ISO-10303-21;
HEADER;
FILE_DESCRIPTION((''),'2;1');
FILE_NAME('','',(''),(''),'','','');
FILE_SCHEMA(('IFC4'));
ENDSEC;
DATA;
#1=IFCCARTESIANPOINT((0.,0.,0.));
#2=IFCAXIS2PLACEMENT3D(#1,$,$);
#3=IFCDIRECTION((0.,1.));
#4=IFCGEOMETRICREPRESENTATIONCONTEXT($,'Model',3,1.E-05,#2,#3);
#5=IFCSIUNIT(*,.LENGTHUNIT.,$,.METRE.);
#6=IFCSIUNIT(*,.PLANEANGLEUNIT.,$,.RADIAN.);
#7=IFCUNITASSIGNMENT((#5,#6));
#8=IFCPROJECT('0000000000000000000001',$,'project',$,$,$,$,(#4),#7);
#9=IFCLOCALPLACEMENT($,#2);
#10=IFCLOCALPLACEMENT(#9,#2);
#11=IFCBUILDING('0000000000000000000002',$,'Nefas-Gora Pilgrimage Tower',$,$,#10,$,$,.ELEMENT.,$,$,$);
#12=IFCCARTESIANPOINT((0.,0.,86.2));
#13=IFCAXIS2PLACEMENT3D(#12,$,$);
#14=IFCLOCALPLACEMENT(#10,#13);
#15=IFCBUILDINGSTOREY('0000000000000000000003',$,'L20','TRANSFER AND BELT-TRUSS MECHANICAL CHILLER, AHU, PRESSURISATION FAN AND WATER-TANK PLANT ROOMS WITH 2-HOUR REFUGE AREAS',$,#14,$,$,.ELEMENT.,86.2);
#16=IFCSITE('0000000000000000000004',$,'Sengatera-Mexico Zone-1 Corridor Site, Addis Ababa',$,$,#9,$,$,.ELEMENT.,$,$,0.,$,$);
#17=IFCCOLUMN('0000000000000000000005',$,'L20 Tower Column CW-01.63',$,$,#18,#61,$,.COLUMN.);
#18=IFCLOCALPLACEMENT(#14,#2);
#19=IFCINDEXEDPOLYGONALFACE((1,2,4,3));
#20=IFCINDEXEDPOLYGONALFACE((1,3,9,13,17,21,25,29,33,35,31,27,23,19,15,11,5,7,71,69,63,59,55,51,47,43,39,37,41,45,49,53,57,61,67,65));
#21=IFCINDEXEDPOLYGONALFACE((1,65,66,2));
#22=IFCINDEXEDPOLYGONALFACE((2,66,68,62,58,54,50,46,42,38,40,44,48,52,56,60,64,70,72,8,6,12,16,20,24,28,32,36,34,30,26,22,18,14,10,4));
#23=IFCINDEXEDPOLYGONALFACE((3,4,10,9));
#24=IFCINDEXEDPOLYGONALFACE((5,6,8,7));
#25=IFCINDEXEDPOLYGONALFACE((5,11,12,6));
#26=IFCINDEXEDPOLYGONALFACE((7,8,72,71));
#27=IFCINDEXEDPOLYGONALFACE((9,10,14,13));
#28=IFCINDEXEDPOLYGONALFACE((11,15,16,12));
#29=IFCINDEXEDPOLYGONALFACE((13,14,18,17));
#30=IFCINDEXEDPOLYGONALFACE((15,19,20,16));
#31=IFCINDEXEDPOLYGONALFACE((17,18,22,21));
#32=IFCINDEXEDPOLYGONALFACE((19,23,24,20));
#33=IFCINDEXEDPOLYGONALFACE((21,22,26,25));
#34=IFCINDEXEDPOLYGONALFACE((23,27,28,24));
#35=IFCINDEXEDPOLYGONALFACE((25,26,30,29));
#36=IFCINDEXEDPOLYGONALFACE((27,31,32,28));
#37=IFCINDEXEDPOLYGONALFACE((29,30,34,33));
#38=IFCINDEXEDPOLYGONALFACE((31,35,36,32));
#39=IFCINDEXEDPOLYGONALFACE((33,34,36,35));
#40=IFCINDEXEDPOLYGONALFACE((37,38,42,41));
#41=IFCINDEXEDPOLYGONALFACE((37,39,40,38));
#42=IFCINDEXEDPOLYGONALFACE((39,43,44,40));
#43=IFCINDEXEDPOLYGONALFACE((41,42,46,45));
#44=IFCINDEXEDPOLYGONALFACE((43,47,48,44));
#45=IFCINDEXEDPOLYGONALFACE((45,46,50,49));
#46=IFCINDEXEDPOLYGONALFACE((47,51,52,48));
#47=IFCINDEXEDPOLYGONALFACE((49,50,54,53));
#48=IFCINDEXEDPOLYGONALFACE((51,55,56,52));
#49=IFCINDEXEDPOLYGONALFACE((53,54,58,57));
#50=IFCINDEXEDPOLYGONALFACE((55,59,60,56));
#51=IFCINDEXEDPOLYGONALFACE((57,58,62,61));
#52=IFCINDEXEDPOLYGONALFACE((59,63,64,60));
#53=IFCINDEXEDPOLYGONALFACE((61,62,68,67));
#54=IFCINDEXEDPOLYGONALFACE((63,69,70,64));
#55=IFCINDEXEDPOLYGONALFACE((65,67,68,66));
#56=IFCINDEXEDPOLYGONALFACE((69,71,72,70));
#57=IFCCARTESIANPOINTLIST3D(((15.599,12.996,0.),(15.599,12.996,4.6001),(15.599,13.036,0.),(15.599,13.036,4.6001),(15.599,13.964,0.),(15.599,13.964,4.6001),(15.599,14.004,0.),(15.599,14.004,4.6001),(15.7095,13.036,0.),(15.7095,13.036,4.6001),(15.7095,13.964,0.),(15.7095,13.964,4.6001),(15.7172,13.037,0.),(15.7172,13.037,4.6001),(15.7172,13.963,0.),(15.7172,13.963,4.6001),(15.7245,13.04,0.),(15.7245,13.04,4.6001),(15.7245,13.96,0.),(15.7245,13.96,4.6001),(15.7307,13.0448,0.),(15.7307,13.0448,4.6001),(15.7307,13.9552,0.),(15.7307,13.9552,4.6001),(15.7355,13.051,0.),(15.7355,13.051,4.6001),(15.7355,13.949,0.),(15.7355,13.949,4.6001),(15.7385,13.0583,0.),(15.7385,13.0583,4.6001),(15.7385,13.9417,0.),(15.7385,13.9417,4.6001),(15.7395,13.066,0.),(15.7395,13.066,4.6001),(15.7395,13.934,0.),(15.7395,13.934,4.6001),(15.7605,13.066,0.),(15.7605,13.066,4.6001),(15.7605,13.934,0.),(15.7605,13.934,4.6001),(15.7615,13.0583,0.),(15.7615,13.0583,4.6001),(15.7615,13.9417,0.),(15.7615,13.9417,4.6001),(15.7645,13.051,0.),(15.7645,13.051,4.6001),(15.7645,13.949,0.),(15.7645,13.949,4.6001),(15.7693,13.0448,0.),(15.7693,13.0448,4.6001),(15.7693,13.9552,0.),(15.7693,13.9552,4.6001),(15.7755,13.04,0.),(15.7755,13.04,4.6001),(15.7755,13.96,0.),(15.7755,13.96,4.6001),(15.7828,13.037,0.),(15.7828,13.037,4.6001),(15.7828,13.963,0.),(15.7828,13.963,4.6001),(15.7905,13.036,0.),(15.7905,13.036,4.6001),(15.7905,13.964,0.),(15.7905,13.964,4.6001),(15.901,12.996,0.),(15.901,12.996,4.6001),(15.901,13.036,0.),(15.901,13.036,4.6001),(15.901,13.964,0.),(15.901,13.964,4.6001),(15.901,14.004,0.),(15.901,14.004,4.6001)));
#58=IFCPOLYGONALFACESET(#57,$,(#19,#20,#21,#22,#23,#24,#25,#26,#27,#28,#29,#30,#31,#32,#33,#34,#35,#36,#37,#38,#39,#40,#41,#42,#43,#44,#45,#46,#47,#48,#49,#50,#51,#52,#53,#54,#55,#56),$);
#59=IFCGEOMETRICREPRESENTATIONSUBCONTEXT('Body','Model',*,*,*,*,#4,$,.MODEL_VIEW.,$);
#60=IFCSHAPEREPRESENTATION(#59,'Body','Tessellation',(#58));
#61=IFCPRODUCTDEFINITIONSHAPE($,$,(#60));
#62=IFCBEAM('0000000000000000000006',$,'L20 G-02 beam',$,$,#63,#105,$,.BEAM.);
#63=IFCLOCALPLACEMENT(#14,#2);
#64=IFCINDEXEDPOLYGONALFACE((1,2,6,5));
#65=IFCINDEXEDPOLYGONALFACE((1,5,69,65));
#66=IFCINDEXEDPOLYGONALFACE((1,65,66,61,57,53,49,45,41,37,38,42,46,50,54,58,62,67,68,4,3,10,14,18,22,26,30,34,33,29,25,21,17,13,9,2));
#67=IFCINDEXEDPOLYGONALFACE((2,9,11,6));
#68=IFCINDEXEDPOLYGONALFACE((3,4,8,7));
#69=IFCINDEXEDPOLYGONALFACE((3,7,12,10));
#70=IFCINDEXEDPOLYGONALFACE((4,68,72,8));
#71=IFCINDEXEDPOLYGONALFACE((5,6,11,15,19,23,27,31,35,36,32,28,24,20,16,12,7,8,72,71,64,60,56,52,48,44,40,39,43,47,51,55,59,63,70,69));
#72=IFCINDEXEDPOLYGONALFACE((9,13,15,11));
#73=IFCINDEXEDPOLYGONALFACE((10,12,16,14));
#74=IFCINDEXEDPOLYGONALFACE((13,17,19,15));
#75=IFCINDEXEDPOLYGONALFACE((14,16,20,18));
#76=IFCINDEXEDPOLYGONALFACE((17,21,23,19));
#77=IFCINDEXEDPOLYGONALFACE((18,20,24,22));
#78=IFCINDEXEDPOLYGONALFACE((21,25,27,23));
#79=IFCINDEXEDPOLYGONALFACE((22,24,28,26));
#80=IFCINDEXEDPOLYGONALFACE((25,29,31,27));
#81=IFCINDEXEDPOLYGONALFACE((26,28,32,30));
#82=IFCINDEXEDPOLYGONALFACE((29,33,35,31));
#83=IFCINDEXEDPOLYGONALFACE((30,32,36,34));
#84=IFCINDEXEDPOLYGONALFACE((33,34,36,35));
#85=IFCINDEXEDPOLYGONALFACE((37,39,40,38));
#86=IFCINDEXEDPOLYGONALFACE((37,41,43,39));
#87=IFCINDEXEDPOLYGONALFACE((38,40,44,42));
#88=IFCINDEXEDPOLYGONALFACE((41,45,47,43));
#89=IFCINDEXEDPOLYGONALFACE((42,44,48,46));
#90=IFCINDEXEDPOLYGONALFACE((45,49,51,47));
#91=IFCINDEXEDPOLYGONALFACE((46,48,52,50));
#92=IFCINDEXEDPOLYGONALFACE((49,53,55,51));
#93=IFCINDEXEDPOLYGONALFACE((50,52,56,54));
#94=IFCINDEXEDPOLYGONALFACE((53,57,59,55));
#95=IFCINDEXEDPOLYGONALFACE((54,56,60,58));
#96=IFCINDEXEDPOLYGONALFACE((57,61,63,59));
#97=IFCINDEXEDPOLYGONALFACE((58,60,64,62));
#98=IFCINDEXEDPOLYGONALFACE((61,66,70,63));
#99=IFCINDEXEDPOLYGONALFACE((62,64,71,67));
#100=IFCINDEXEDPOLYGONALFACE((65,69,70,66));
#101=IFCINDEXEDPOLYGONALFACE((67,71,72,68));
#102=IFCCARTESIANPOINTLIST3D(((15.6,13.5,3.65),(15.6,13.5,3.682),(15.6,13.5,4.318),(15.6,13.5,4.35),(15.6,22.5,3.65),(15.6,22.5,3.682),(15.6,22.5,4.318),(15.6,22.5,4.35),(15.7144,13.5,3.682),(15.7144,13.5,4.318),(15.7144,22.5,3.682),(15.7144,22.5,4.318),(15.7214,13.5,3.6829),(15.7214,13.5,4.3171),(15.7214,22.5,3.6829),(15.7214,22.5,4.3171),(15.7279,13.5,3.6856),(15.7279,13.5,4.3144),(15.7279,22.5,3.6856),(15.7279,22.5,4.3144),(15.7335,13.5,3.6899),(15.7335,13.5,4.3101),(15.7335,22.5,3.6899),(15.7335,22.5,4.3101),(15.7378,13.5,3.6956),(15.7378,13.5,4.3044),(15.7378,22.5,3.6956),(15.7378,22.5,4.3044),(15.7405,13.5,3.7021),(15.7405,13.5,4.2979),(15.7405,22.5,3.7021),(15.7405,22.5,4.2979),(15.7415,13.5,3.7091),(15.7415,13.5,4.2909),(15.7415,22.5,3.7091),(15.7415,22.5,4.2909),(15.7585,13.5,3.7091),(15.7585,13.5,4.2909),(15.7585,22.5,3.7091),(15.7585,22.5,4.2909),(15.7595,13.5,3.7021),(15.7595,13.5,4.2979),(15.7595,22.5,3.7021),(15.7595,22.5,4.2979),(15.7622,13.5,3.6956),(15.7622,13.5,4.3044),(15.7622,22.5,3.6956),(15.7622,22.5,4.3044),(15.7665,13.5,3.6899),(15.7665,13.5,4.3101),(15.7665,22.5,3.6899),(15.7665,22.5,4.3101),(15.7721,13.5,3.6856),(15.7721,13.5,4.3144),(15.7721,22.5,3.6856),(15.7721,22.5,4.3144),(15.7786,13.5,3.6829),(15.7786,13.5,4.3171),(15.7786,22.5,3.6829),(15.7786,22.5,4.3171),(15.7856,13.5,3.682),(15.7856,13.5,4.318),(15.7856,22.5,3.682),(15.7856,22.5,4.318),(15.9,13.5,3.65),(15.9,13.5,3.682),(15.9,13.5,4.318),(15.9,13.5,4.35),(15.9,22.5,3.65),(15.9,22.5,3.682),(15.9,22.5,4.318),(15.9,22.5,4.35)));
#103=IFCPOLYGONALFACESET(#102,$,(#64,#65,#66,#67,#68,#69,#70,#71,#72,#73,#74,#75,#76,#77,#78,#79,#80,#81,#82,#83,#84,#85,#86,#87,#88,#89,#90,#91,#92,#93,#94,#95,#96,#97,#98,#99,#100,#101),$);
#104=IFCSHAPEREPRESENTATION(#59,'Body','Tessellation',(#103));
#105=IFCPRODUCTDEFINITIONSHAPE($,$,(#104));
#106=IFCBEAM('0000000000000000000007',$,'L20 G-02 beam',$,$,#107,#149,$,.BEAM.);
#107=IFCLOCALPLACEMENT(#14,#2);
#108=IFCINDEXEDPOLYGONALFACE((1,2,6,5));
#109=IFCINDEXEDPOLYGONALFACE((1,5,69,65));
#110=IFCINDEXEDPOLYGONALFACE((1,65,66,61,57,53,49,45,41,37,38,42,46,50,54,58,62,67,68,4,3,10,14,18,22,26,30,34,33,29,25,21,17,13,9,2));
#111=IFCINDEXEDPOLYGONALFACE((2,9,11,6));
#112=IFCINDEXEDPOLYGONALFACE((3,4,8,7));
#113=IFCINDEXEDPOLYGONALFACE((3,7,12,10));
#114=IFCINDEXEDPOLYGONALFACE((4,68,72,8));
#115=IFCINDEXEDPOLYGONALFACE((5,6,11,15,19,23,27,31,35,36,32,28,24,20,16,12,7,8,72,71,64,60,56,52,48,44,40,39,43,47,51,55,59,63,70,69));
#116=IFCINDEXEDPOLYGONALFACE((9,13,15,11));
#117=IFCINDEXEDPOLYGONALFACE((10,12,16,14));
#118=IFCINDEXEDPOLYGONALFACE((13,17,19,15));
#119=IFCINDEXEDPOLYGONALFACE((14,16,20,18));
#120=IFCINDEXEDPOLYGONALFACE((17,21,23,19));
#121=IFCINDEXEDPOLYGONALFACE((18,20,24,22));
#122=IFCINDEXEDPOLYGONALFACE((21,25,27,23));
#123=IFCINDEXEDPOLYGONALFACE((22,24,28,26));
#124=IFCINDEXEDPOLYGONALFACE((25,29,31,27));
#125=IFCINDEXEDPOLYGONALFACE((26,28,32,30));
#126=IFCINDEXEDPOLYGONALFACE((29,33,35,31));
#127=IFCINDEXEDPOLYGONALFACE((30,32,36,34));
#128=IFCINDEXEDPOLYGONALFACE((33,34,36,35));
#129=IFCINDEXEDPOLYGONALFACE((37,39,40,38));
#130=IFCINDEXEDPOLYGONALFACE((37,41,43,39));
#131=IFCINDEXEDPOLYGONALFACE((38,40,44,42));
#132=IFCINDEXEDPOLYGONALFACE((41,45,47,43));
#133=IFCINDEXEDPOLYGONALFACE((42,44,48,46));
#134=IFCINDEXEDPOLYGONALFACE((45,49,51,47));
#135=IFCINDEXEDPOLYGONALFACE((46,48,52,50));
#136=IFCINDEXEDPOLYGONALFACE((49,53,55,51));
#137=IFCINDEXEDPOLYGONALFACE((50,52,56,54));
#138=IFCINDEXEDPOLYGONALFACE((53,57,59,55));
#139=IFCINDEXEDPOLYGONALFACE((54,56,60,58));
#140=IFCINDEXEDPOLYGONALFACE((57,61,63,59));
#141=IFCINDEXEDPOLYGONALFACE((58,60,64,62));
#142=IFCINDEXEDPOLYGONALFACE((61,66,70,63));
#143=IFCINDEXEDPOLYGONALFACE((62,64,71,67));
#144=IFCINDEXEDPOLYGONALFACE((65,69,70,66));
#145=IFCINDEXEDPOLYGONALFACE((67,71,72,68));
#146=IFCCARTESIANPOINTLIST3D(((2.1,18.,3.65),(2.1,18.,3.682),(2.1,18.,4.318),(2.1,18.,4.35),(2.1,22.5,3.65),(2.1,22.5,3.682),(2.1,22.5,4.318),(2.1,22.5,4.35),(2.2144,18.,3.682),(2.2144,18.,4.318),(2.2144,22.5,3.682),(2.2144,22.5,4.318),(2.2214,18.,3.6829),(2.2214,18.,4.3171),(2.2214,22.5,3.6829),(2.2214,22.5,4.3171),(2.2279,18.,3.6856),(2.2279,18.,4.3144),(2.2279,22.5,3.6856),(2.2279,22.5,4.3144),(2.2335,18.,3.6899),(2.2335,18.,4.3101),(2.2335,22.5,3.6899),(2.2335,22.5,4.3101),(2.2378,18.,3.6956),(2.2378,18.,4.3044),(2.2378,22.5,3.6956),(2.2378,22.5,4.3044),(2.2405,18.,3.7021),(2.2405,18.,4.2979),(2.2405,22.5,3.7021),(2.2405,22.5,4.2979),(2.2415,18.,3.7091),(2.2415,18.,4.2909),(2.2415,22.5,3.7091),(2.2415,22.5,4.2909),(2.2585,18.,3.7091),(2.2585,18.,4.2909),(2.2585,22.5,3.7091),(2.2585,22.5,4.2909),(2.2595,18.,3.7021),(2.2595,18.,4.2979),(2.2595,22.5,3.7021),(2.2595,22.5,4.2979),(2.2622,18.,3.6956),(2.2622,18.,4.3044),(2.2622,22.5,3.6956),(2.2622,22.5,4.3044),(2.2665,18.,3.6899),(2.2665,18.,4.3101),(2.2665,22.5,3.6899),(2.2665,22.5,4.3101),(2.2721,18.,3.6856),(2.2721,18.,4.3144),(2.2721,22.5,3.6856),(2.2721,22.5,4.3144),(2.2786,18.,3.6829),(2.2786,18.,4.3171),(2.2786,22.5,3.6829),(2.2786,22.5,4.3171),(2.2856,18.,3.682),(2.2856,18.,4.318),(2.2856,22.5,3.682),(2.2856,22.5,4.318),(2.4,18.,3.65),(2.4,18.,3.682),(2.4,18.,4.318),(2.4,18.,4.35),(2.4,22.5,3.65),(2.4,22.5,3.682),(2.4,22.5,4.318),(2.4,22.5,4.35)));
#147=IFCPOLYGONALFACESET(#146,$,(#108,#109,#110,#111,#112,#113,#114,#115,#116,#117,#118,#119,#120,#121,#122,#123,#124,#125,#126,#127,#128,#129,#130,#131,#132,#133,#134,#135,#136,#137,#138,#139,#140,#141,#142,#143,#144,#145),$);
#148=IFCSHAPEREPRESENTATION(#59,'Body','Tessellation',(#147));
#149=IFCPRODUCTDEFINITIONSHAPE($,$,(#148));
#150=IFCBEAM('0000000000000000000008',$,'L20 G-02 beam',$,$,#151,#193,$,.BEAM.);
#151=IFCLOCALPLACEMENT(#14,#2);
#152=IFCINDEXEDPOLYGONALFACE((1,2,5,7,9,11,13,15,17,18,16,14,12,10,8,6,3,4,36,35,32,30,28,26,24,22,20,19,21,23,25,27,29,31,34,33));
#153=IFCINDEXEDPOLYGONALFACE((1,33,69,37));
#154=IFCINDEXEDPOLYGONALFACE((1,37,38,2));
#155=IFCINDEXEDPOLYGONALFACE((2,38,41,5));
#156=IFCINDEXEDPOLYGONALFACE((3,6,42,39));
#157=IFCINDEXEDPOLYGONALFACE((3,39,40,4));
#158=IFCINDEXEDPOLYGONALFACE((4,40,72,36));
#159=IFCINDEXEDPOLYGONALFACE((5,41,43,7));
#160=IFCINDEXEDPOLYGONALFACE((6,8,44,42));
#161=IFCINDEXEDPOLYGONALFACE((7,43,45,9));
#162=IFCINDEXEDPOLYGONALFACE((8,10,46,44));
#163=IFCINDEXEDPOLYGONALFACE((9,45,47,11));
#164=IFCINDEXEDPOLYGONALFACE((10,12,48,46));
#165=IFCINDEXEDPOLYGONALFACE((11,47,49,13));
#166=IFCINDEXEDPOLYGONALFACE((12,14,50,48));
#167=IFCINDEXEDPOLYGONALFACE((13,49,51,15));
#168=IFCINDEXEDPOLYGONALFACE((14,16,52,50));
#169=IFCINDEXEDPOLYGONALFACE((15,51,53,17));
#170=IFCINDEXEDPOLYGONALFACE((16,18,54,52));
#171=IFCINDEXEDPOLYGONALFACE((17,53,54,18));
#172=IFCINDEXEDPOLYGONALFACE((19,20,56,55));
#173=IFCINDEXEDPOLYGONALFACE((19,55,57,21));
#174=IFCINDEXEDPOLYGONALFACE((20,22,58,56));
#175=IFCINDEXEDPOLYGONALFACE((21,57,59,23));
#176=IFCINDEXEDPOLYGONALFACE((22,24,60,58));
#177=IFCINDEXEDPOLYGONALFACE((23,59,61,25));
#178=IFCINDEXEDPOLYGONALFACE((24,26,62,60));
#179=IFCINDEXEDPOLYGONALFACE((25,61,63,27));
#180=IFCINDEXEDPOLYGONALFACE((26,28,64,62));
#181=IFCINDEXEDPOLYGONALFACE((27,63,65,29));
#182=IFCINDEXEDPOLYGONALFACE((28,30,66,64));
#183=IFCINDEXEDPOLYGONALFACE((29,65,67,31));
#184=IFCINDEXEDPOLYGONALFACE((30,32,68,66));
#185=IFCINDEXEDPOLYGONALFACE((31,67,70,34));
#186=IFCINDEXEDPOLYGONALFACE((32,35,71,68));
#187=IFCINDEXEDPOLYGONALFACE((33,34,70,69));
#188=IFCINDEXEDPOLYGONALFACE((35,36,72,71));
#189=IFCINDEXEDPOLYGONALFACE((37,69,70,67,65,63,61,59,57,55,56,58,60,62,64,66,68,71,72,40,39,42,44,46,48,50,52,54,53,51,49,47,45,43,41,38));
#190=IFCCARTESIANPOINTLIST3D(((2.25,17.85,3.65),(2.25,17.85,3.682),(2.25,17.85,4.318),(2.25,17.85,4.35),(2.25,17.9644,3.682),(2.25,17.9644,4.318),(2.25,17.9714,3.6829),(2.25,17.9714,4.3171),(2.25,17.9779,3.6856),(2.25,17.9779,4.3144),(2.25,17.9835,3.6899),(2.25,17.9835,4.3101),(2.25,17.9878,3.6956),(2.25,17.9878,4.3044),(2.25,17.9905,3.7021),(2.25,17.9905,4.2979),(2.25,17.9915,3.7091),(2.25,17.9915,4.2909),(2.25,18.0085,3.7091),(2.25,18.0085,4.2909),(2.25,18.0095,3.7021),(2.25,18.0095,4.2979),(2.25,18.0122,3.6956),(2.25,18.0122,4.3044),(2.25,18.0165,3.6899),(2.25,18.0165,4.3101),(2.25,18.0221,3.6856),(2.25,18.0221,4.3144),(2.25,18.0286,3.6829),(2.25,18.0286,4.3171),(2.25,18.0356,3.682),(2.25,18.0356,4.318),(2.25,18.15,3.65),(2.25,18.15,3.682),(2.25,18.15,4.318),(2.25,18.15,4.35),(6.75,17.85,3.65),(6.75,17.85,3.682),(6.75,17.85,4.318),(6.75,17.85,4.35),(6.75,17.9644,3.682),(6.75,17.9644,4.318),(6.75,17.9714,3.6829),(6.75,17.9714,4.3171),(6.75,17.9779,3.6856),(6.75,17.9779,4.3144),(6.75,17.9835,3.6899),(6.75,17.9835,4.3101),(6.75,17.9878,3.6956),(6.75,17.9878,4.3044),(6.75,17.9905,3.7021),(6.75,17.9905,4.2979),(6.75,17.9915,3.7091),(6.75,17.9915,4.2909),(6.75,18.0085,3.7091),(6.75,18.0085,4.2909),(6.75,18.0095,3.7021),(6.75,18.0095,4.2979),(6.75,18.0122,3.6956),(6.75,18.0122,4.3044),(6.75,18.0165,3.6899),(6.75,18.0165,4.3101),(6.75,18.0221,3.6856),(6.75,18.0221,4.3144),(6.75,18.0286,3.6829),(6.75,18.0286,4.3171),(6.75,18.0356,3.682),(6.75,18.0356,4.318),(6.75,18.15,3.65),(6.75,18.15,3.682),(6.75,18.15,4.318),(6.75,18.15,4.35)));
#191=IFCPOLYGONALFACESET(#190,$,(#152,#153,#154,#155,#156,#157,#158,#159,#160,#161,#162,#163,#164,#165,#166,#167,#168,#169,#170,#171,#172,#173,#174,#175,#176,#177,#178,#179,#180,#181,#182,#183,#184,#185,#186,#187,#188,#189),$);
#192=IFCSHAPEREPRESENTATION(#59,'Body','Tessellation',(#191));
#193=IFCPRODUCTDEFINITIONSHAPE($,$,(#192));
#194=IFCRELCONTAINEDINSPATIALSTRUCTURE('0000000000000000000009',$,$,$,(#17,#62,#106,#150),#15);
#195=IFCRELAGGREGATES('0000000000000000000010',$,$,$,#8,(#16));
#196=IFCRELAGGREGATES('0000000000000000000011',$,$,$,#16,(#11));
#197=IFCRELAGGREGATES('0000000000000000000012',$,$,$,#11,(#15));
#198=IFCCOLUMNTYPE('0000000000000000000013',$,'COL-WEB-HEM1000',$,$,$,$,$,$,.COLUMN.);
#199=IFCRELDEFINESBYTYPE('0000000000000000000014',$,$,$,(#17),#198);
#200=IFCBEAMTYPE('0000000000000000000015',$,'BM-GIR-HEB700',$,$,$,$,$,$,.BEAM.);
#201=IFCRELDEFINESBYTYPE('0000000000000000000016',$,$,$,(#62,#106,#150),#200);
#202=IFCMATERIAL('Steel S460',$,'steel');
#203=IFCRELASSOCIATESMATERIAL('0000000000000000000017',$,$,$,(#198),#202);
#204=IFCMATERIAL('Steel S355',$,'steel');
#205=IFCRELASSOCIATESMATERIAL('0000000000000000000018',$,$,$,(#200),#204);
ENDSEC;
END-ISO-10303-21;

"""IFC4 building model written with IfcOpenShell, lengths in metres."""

from ifc_helpers import new_model, si_unit, direction, frame, origin, origin_2d, place, context, subcontext, project, spatial, i_section, extrude, source, transform, mapped, material, material_profile, profile_set, type_object, element, save


model = new_model("IFC4")

# Units and contexts
model_context = context("Model", 3, precision=1e-05, world=origin(), true_north=direction((0.0, 1.0)))
body_context = subcontext(model_context, "Body", "Model", "MODEL_VIEW")
ifc_project = project(units=[si_unit("LENGTHUNIT", "METRE"), si_unit("PLANEANGLEUNIT", "RADIAN")], contexts=[model_context])

# Site, building, storey
site_placement = place(None, origin())
site = spatial("IfcSite", under=ifc_project, at=site_placement, Name="Sengatera-Mexico Zone-1 Corridor Site, Addis Ababa", CompositionType="ELEMENT", RefElevation=0.0)
building_placement = place(site_placement, origin())
building = spatial("IfcBuilding", under=site, at=building_placement, Name="Nefas-Gora Pilgrimage Tower", CompositionType="ELEMENT")
storey_placement = place(building_placement, frame((0.0, 0.0, 86.2)))
storey = spatial("IfcBuildingStorey", under=building, at=storey_placement, Name="L20", Description="TRANSFER AND BELT-TRUSS MECHANICAL CHILLER, AHU, PRESSURISATION FAN AND WATER-TANK PLANT ROOMS WITH 2-HOUR REFUGE AREAS", CompositionType="ELEMENT", Elevation=86.2)

# Column
ifc_material_1 = material(Name="Steel S460", Category="steel")
ifc_material_profile_1 = material_profile(ifc_material_1, i_section(OverallWidth=0.302, OverallDepth=1.0081, WebThickness=0.021, FlangeThickness=0.04, FilletRadius=0.03, at=origin_2d()), Name="HEM 1000")
ifc_profile_set_1 = profile_set([ifc_material_profile_1], Name="Steel S460")
column_type_1 = type_object("IfcColumnType", Name="COL-WEB-HEM1000", PredefinedType="COLUMN", material=ifc_profile_set_1)
shared_shape_1 = source(origin(), body_context, "Body", "SweptSolid", [
    extrude(i_section(OverallWidth=0.302, OverallDepth=1.0081, WebThickness=0.021, FlangeThickness=0.04, FilletRadius=0.03, at=origin_2d()), origin(), (0.0, 0.0, 1.0), 4.6001),
])
for number, where, z_axis, x_axis, name in (
    (1, (15.75, 13.5, 0.0), (0.0, 0.0, 1.0), (1.0, 0.0, 0.0), "L20 Tower Column CW-01.63"),
):
    element("IfcColumn", number, at=place(storey_placement, frame(where, z_axis=z_axis, x_axis=x_axis)), inside=storey, type_object=column_type_1, Name=name, PredefinedType="COLUMN", context=body_context, shape_type="MappedRepresentation", body=[
        mapped(shared_shape_1, transform((0.0, 0.0, 0.0), x_axis=(1.0, 0.0, 0.0), y_axis=(0.0, 1.0, 0.0), z_axis=(0.0, 0.0, 1.0), scale=1.0)),
    ])

# Beams
ifc_material_2 = material(Name="Steel S355", Category="steel")
ifc_material_profile_2 = material_profile(ifc_material_2, i_section(OverallWidth=0.3, OverallDepth=0.7, WebThickness=0.0171, FlangeThickness=0.032, FilletRadius=0.0271, at=origin_2d()), Name="HEB 700")
ifc_profile_set_2 = profile_set([ifc_material_profile_2], Name="Steel S355")
beam_type_1 = type_object("IfcBeamType", Name="BM-GIR-HEB700", PredefinedType="BEAM", material=ifc_profile_set_2)
shared_shape_2 = source(origin(), body_context, "Body", "SweptSolid", [
    extrude(i_section(OverallWidth=0.3, OverallDepth=0.7, WebThickness=0.0171, FlangeThickness=0.032, FilletRadius=0.0271, at=origin_2d()), origin(), (0.0, 0.0, 1.0), 9.0),
])
beam_1_placement = place(storey_placement, frame((15.75, 13.5, 4.0), z_axis=(0.0, 1.0, 0.0), x_axis=(-1.0, 0.0, 0.0)))
element("IfcBeam", 2, at=beam_1_placement, inside=storey, type_object=beam_type_1, Name="L20 G-02 beam", PredefinedType="BEAM", context=body_context, shape_type="MappedRepresentation", body=[
    mapped(shared_shape_2, transform((0.0, 0.0, 0.0), x_axis=(1.0, 0.0, 0.0), y_axis=(0.0, 1.0, 0.0), z_axis=(0.0, 0.0, 1.0), scale=1.0)),
])
shared_shape_3 = source(origin(), body_context, "Body", "SweptSolid", [
    extrude(i_section(OverallWidth=0.3, OverallDepth=0.7, WebThickness=0.0171, FlangeThickness=0.032, FilletRadius=0.0271, at=origin_2d()), origin(), (0.0, 0.0, 1.0), 4.5),
])
for number, where, z_axis, x_axis, name in (
    (3, (2.25, 18.0, 4.0), (0.0, 1.0, 0.0), (-1.0, 0.0, 0.0), "L20 G-02 beam"),
    (4, (2.25, 18.0, 4.0), (1.0, 0.0, 0.0), (0.0, 1.0, 0.0), "L20 G-02 beam"),
):
    element("IfcBeam", number, at=place(storey_placement, frame(where, z_axis=z_axis, x_axis=x_axis)), inside=storey, type_object=beam_type_1, Name=name, PredefinedType="BEAM", context=body_context, shape_type="MappedRepresentation", body=[
        mapped(shared_shape_3, transform((0.0, 0.0, 0.0), x_axis=(1.0, 0.0, 0.0), y_axis=(0.0, 1.0, 0.0), z_axis=(0.0, 0.0, 1.0), scale=1.0)),
    ])

save(model, "model.ifc")
